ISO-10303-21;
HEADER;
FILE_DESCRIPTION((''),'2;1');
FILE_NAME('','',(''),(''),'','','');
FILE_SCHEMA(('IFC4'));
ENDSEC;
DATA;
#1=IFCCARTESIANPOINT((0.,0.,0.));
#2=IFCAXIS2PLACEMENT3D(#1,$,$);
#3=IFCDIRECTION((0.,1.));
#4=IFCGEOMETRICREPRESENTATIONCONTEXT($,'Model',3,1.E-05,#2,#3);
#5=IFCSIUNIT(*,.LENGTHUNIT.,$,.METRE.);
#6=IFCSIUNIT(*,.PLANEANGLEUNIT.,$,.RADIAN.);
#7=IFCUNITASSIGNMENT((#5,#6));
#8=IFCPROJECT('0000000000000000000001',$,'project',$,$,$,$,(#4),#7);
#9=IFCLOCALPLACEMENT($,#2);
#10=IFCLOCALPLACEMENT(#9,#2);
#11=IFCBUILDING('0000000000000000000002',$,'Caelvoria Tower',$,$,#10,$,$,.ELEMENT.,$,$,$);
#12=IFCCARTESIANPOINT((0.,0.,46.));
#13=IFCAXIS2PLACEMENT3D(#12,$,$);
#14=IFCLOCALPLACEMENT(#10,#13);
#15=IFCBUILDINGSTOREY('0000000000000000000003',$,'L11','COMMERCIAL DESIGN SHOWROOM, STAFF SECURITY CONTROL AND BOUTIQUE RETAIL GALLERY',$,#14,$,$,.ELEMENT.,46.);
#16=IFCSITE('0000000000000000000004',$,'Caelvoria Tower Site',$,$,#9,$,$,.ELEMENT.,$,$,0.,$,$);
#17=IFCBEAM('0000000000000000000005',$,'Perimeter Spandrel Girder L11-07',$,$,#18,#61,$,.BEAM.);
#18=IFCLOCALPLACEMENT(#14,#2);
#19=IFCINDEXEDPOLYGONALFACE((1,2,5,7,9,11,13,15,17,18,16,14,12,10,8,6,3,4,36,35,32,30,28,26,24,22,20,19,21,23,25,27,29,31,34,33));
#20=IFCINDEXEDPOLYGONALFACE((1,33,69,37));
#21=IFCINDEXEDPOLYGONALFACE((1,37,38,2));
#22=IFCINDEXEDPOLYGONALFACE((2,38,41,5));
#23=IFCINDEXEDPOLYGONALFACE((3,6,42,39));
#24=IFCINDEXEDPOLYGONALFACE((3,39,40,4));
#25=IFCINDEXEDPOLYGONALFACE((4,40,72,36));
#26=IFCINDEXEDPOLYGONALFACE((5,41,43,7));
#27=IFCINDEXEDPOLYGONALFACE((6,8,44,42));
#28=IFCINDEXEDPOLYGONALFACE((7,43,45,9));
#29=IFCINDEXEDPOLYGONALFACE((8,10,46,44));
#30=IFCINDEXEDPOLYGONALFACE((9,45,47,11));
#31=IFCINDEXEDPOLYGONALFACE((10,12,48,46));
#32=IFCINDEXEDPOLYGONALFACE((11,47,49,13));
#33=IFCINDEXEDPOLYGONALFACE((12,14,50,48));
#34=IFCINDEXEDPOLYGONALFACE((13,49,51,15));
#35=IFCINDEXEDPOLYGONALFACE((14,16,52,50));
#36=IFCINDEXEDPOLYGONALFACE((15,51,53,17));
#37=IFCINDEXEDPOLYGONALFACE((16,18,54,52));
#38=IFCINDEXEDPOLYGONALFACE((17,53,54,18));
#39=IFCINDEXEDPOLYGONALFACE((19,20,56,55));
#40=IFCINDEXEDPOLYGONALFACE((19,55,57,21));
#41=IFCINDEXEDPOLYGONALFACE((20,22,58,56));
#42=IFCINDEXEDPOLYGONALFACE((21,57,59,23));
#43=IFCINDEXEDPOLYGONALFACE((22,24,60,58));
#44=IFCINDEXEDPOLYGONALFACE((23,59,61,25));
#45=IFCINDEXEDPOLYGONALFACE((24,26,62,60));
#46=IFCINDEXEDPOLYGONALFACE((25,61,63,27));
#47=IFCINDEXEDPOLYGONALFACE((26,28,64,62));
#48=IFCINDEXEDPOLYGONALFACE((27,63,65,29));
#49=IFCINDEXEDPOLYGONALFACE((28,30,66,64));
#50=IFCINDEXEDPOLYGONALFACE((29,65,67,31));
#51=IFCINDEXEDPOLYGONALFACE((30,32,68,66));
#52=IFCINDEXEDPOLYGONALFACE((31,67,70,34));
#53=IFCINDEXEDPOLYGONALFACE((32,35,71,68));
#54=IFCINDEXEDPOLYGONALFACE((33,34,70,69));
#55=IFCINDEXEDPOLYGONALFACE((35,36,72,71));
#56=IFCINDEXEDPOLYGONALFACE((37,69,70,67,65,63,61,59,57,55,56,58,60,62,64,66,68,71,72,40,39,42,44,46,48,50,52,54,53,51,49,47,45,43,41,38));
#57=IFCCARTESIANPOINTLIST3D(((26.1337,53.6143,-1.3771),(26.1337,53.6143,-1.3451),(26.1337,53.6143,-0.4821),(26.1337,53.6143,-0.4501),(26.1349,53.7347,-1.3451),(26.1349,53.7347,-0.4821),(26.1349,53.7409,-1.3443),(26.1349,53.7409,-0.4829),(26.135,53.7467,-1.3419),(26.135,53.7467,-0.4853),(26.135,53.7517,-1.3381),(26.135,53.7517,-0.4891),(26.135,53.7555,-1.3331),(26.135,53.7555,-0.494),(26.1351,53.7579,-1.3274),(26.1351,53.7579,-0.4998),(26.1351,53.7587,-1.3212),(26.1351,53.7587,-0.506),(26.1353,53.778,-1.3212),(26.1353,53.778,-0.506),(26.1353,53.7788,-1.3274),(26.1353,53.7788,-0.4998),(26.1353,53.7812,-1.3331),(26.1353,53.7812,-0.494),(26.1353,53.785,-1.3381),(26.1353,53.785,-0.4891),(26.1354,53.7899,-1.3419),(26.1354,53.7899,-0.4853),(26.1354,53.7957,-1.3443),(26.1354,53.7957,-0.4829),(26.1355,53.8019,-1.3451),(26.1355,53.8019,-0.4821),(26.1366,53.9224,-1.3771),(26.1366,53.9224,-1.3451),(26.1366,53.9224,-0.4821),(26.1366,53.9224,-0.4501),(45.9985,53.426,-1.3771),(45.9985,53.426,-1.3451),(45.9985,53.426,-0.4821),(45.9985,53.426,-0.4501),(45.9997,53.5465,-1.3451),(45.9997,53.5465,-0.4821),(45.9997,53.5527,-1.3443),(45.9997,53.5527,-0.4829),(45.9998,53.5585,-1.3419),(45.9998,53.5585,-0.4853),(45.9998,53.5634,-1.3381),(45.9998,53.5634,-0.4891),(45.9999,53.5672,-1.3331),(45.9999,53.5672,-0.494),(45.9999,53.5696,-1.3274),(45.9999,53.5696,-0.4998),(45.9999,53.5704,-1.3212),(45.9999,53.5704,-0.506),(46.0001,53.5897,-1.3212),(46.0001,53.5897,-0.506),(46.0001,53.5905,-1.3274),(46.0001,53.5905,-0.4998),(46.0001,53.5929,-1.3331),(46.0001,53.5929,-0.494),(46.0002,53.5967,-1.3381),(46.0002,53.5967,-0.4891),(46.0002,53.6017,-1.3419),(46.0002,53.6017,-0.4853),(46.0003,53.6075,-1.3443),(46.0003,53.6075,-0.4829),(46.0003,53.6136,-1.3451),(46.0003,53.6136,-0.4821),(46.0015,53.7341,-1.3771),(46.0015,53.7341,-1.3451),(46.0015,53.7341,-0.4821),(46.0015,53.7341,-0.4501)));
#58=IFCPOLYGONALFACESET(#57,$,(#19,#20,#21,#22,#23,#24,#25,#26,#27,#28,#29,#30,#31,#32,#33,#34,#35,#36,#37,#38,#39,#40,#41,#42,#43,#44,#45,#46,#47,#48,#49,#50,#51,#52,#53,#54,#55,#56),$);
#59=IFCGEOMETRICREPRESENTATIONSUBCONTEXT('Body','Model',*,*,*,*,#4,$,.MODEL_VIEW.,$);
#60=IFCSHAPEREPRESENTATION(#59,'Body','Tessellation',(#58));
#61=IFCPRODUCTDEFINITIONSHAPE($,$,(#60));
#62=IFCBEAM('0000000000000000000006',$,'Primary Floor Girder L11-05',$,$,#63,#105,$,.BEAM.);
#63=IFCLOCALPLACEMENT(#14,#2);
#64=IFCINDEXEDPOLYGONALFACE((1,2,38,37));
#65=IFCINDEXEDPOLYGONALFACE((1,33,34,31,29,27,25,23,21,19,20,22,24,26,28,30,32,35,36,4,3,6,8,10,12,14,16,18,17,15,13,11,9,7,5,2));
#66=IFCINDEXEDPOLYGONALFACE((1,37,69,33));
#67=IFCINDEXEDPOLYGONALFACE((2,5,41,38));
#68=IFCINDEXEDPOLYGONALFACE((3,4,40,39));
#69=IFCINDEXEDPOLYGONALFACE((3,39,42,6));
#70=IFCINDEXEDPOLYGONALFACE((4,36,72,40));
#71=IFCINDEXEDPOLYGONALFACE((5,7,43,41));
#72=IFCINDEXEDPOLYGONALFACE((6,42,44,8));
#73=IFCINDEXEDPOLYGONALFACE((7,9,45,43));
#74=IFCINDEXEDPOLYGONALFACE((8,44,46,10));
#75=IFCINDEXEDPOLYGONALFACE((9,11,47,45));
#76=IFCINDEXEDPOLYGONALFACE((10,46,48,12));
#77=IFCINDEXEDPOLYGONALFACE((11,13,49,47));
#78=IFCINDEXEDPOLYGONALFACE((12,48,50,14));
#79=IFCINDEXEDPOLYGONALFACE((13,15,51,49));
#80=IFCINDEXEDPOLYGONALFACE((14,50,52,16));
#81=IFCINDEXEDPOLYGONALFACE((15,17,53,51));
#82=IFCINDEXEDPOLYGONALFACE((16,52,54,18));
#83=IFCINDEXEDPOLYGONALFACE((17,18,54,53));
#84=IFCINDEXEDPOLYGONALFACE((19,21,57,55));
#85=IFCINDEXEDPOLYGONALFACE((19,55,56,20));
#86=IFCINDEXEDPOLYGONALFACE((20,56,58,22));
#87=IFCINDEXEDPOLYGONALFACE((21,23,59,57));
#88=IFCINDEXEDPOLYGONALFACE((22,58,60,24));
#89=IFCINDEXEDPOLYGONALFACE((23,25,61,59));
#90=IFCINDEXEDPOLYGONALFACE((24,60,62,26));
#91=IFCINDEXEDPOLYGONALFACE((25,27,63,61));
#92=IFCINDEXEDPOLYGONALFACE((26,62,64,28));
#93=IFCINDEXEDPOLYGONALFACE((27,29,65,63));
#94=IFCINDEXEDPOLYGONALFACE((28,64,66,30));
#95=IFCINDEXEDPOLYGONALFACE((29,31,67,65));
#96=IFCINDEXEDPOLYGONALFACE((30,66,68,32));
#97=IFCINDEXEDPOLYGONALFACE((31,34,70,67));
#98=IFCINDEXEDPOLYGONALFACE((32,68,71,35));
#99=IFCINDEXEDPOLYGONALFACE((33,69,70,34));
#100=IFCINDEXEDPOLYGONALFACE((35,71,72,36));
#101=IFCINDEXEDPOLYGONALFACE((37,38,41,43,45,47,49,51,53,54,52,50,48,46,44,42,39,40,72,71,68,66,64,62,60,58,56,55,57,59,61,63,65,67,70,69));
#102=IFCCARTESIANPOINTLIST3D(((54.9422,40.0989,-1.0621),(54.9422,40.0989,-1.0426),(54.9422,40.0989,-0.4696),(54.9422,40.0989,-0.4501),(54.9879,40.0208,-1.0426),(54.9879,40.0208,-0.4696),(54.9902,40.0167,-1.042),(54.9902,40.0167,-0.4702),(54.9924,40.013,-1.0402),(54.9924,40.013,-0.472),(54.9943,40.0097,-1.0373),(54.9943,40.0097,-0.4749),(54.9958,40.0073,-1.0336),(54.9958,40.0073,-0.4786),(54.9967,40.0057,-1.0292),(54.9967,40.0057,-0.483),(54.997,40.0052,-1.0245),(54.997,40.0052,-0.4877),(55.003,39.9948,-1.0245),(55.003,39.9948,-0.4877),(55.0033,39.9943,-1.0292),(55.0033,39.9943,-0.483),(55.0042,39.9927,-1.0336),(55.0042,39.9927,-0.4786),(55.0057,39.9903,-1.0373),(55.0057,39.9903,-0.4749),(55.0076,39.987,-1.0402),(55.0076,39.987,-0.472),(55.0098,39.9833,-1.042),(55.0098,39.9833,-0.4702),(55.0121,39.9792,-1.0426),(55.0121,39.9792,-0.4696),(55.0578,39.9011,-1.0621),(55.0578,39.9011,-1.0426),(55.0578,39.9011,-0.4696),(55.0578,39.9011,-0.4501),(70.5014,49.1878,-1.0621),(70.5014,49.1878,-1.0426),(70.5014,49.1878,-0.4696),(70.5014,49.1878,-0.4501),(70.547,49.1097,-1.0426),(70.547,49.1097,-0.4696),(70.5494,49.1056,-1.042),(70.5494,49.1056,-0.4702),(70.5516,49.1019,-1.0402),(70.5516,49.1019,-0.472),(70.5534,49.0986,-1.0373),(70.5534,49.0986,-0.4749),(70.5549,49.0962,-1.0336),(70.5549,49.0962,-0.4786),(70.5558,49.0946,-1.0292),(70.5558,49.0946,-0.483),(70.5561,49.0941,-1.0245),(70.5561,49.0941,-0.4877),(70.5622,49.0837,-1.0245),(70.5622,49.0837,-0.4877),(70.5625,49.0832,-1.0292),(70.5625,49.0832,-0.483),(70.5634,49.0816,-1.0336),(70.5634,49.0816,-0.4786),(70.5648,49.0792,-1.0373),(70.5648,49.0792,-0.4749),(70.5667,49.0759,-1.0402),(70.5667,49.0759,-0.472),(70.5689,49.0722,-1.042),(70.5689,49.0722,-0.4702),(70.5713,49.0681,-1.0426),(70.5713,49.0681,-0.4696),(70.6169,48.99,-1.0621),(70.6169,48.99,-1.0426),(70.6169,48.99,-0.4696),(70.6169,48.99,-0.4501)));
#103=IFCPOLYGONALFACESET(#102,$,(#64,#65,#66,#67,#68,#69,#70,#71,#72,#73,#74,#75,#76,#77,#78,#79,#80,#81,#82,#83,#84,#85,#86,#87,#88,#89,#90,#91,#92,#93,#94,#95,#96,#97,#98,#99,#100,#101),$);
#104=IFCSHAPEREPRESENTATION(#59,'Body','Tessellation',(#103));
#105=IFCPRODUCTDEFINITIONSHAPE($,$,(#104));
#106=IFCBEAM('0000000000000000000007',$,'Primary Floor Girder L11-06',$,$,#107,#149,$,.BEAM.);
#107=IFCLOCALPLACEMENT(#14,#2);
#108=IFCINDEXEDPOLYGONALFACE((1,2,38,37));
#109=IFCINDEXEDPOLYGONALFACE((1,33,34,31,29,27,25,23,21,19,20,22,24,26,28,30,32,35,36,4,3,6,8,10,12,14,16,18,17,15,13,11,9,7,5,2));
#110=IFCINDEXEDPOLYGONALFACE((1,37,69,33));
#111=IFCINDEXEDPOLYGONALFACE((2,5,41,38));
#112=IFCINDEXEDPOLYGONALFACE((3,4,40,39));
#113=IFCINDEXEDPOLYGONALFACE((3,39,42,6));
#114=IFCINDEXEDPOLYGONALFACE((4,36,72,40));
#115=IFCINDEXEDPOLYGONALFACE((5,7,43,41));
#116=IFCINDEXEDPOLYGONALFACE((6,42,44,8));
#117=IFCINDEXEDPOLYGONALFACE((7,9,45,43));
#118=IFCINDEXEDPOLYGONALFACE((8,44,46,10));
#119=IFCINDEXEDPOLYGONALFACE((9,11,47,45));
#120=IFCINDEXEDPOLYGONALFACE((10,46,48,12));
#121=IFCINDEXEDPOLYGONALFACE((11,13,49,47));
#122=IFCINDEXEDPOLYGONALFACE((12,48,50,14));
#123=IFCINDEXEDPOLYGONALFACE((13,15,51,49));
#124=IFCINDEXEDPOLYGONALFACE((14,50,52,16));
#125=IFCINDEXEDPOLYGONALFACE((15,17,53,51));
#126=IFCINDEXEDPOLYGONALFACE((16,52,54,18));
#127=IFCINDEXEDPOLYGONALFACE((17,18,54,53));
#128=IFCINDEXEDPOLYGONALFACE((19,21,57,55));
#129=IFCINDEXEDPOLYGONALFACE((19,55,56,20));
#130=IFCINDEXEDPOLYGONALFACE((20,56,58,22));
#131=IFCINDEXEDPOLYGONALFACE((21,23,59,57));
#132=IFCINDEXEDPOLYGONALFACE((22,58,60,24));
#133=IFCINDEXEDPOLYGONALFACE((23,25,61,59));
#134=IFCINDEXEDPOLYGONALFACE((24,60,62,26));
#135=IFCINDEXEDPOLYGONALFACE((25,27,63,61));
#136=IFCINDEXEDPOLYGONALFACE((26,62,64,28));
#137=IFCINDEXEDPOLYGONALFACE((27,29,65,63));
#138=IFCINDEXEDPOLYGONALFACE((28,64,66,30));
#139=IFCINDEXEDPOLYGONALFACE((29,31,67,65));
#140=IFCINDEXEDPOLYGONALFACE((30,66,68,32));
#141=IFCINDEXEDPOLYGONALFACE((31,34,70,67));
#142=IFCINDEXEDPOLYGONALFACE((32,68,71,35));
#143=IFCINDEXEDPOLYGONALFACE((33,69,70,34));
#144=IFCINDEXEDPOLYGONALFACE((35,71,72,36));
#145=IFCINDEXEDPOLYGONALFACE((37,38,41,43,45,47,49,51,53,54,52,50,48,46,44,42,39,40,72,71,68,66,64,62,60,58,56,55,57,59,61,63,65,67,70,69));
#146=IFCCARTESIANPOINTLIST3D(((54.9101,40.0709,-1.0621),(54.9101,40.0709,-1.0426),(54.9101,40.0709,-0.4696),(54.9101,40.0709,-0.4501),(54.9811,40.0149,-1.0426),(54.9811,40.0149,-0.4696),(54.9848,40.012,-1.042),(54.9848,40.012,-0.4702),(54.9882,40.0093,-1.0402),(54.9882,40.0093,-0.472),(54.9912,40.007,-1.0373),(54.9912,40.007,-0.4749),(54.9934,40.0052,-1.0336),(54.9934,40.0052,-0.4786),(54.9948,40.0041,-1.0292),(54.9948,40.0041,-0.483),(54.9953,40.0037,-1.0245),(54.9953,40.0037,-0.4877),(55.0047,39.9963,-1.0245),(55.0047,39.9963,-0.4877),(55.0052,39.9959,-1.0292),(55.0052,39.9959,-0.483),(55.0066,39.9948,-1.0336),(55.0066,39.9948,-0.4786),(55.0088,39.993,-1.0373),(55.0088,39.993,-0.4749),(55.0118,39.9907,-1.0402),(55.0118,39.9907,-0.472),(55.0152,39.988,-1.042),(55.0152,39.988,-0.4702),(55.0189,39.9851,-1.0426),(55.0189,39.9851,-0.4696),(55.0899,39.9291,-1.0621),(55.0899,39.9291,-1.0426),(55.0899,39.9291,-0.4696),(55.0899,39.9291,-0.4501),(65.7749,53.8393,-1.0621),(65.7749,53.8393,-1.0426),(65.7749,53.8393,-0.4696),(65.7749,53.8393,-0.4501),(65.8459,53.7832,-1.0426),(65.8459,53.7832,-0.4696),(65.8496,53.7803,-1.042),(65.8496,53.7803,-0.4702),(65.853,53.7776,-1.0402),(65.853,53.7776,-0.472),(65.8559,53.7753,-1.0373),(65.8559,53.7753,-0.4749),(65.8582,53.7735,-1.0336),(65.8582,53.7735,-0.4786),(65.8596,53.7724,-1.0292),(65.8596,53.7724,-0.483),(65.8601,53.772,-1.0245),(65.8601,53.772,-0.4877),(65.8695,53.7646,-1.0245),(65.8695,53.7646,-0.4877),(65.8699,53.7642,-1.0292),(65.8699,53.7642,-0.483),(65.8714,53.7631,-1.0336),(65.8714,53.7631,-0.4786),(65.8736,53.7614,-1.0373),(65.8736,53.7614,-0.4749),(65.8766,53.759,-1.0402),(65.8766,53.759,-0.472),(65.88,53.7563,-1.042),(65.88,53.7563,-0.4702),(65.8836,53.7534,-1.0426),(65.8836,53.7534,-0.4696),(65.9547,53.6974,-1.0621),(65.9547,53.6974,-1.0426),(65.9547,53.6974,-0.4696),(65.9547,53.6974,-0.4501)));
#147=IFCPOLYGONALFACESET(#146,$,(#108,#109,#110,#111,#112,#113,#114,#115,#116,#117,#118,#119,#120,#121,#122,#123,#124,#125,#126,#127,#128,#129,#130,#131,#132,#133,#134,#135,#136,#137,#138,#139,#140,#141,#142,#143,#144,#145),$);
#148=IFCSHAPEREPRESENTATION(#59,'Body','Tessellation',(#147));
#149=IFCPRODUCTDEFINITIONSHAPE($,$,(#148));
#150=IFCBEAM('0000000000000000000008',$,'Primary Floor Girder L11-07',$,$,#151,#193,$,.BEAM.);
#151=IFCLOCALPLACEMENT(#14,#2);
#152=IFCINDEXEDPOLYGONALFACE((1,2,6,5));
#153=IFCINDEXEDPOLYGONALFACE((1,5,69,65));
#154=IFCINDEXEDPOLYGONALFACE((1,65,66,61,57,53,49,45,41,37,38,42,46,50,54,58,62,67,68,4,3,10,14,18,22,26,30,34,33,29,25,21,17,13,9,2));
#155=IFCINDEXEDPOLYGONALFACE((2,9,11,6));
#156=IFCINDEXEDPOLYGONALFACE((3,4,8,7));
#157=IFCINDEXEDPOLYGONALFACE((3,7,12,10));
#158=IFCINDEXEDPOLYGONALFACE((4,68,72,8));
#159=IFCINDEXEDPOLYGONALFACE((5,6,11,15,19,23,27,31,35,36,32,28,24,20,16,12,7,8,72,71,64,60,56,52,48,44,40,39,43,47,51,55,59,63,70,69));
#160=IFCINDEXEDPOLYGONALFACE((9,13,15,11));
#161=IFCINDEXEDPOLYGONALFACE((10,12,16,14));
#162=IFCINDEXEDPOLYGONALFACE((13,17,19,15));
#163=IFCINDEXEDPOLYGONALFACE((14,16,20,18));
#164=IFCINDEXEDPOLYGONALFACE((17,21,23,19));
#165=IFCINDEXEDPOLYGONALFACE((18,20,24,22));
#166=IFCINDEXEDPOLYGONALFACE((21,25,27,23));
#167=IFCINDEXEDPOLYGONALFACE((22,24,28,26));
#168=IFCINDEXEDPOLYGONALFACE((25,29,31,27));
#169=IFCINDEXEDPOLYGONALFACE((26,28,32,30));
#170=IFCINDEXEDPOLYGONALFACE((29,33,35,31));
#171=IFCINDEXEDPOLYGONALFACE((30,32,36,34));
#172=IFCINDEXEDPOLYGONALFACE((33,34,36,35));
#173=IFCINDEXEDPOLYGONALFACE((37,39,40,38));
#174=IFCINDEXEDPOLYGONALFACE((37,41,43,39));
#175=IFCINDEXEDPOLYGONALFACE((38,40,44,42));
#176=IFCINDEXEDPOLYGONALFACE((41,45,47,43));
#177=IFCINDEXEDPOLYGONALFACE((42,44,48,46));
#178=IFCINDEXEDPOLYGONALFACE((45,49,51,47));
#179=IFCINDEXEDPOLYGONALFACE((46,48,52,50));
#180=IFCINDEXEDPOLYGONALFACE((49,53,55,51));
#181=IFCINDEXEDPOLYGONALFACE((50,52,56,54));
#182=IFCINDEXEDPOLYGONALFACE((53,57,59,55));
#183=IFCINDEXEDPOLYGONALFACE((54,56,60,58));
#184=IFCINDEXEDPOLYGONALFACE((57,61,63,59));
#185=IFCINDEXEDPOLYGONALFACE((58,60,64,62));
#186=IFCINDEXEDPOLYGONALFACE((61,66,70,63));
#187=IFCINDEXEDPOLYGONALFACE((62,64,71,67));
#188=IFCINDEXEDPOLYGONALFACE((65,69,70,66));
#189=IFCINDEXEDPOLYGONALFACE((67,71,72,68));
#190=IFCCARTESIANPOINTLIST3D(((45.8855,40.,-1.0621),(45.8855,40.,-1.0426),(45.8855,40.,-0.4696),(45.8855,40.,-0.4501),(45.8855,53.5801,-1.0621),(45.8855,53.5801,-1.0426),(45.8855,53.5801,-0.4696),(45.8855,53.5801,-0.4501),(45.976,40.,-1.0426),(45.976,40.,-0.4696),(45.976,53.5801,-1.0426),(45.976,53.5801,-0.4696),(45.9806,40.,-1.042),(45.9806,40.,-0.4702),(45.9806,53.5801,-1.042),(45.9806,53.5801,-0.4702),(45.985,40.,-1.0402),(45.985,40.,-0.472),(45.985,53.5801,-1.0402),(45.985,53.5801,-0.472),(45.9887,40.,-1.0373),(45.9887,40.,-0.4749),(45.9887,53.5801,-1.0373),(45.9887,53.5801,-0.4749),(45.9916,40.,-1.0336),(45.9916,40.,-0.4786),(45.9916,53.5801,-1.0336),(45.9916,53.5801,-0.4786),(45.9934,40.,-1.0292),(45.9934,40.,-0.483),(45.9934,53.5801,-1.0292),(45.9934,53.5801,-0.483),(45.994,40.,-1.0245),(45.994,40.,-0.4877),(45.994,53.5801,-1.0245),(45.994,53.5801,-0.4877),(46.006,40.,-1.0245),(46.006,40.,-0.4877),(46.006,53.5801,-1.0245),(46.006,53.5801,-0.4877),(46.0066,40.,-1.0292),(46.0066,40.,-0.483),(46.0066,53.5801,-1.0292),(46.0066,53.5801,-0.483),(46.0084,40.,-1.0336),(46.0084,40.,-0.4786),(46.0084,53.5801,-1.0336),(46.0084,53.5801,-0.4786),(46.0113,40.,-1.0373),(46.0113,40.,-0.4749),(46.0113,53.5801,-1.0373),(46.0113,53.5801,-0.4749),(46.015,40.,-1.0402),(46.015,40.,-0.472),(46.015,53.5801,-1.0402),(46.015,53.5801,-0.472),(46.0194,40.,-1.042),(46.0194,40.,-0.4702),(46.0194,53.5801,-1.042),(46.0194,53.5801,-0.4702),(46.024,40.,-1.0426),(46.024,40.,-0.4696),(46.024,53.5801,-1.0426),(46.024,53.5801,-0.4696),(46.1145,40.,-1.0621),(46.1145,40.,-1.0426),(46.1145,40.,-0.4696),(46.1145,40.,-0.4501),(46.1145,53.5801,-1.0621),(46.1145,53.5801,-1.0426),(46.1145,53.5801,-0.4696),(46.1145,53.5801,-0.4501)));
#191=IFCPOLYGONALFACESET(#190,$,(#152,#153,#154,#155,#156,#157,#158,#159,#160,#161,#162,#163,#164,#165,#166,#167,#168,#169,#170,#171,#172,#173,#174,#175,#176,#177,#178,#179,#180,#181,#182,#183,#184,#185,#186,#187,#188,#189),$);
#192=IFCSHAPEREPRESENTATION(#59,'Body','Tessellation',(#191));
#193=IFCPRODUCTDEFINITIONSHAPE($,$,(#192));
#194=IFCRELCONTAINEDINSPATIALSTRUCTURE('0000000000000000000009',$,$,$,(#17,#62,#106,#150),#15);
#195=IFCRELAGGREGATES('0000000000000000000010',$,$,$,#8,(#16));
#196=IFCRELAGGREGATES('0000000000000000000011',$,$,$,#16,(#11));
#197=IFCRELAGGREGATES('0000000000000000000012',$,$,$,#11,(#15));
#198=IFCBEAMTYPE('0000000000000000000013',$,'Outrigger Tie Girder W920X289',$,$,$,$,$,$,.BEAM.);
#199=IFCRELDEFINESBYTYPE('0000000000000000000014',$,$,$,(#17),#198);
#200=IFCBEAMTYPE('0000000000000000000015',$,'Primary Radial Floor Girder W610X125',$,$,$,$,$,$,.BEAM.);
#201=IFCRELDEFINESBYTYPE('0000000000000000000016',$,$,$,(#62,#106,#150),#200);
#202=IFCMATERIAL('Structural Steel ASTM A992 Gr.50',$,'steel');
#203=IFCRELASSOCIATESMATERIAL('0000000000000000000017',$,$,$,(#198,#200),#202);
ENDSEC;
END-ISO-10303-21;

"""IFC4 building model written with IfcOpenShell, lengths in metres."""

from ifc_helpers import new_model, si_unit, direction, frame, origin, origin_2d, place, context, subcontext, project, spatial, i_section, extrude, material, material_profile, profile_set, type_object, element, save


model = new_model("IFC4")

# Units and contexts
model_context = context("Model", 3, precision=1e-05, world=origin(), true_north=direction((0.0, 1.0)))
body_context = subcontext(model_context, "Body", "Model", "MODEL_VIEW")
ifc_project = project(units=[si_unit("LENGTHUNIT", "METRE"), si_unit("PLANEANGLEUNIT", "RADIAN")], contexts=[model_context])

# Site, building, storey
site_placement = place(None, origin())
site = spatial("IfcSite", under=ifc_project, at=site_placement, Name="Caelvoria Tower Site", CompositionType="ELEMENT", RefElevation=0.0)
building_placement = place(site_placement, origin())
building = spatial("IfcBuilding", under=site, at=building_placement, Name="Caelvoria Tower", CompositionType="ELEMENT")
storey_placement = place(building_placement, frame((0.0, 0.0, 46.0)))
storey = spatial("IfcBuildingStorey", under=building, at=storey_placement, Name="L11", Description="COMMERCIAL DESIGN SHOWROOM, STAFF SECURITY CONTROL AND BOUTIQUE RETAIL GALLERY", CompositionType="ELEMENT", Elevation=46.0)

# Beams
ifc_material_1 = material(Name="Structural Steel ASTM A992 Gr.50", Category="steel")
ifc_material_profile_1 = material_profile(ifc_material_1, i_section(OverallWidth=0.3081, OverallDepth=0.927, WebThickness=0.0193, FlangeThickness=0.032, FilletRadius=0.0239, at=origin_2d()), Name="Structural Steel ASTM A992 Gr.50")
ifc_profile_set_1 = profile_set([ifc_material_profile_1], Name="W920X289 - Structural Steel ASTM A992 Gr.50")
beam_type_1 = type_object("IfcBeamType", Name="Outrigger Tie Girder W920X289", PredefinedType="BEAM", material=ifc_profile_set_1)
beam_1_placement = place(storey_placement, frame((46.0, 53.5801, -0.9136), z_axis=(-0.999955, 0.009475, 0.0), x_axis=(-0.009475, -0.999955, 0.0)))
element("IfcBeam", 1, at=beam_1_placement, inside=storey, type_object=beam_type_1, Name="Perimeter Spandrel Girder L11-07", PredefinedType="BEAM", context=body_context, shape_type="SweptSolid", body=[
    extrude(i_section(OverallWidth=0.3081, OverallDepth=0.927, WebThickness=0.0193, FlangeThickness=0.032, FilletRadius=0.0239, at=origin_2d()), origin(), (0.0, 0.0, 1.0), 19.8657),
])
ifc_material_profile_2 = material_profile(ifc_material_1, i_section(OverallWidth=0.229, OverallDepth=0.6121, WebThickness=0.012, FlangeThickness=0.0195, FilletRadius=0.0181, at=origin_2d()), Name="Structural Steel ASTM A992 Gr.50")
ifc_profile_set_2 = profile_set([ifc_material_profile_2], Name="W610X125 - Structural Steel ASTM A992 Gr.50")
beam_type_2 = type_object("IfcBeamType", Name="Primary Radial Floor Girder W610X125", PredefinedType="BEAM", material=ifc_profile_set_2)
beam_2_placement = place(storey_placement, frame((55.0, 40.0, -0.7561), z_axis=(0.863471, 0.504398, 0.0), x_axis=(-0.504398, 0.863471, 0.0)))
element("IfcBeam", 2, at=beam_2_placement, inside=storey, type_object=beam_type_2, Name="Primary Floor Girder L11-05", PredefinedType="BEAM", context=body_context, shape_type="SweptSolid", body=[
    extrude(i_section(OverallWidth=0.229, OverallDepth=0.6121, WebThickness=0.012, FlangeThickness=0.0195, FilletRadius=0.0181, at=origin_2d()), origin(), (0.0, 0.0, 1.0), 18.0193),
])
beam_3_placement = place(storey_placement, frame((55.0, 40.0, -0.7561), z_axis=(0.61947, 0.785021, 0.0), x_axis=(-0.785021, 0.61947, 0.0)))
element("IfcBeam", 3, at=beam_3_placement, inside=storey, type_object=beam_type_2, Name="Primary Floor Girder L11-06", PredefinedType="BEAM", context=body_context, shape_type="SweptSolid", body=[
    extrude(i_section(OverallWidth=0.229, OverallDepth=0.6121, WebThickness=0.012, FlangeThickness=0.0195, FilletRadius=0.0181, at=origin_2d()), origin(), (0.0, 0.0, 1.0), 17.5388),
])
beam_4_placement = place(storey_placement, frame((46.0, 40.0, -0.7561), z_axis=(0.0, 1.0, 0.0), x_axis=(-1.0, 0.0, 0.0)))
element("IfcBeam", 4, at=beam_4_placement, inside=storey, type_object=beam_type_2, Name="Primary Floor Girder L11-07", PredefinedType="BEAM", context=body_context, shape_type="SweptSolid", body=[
    extrude(i_section(OverallWidth=0.229, OverallDepth=0.6121, WebThickness=0.012, FlangeThickness=0.0195, FilletRadius=0.0181, at=origin_2d()), origin(), (0.0, 0.0, 1.0), 13.5801),
])

save(model, "model.ifc")
